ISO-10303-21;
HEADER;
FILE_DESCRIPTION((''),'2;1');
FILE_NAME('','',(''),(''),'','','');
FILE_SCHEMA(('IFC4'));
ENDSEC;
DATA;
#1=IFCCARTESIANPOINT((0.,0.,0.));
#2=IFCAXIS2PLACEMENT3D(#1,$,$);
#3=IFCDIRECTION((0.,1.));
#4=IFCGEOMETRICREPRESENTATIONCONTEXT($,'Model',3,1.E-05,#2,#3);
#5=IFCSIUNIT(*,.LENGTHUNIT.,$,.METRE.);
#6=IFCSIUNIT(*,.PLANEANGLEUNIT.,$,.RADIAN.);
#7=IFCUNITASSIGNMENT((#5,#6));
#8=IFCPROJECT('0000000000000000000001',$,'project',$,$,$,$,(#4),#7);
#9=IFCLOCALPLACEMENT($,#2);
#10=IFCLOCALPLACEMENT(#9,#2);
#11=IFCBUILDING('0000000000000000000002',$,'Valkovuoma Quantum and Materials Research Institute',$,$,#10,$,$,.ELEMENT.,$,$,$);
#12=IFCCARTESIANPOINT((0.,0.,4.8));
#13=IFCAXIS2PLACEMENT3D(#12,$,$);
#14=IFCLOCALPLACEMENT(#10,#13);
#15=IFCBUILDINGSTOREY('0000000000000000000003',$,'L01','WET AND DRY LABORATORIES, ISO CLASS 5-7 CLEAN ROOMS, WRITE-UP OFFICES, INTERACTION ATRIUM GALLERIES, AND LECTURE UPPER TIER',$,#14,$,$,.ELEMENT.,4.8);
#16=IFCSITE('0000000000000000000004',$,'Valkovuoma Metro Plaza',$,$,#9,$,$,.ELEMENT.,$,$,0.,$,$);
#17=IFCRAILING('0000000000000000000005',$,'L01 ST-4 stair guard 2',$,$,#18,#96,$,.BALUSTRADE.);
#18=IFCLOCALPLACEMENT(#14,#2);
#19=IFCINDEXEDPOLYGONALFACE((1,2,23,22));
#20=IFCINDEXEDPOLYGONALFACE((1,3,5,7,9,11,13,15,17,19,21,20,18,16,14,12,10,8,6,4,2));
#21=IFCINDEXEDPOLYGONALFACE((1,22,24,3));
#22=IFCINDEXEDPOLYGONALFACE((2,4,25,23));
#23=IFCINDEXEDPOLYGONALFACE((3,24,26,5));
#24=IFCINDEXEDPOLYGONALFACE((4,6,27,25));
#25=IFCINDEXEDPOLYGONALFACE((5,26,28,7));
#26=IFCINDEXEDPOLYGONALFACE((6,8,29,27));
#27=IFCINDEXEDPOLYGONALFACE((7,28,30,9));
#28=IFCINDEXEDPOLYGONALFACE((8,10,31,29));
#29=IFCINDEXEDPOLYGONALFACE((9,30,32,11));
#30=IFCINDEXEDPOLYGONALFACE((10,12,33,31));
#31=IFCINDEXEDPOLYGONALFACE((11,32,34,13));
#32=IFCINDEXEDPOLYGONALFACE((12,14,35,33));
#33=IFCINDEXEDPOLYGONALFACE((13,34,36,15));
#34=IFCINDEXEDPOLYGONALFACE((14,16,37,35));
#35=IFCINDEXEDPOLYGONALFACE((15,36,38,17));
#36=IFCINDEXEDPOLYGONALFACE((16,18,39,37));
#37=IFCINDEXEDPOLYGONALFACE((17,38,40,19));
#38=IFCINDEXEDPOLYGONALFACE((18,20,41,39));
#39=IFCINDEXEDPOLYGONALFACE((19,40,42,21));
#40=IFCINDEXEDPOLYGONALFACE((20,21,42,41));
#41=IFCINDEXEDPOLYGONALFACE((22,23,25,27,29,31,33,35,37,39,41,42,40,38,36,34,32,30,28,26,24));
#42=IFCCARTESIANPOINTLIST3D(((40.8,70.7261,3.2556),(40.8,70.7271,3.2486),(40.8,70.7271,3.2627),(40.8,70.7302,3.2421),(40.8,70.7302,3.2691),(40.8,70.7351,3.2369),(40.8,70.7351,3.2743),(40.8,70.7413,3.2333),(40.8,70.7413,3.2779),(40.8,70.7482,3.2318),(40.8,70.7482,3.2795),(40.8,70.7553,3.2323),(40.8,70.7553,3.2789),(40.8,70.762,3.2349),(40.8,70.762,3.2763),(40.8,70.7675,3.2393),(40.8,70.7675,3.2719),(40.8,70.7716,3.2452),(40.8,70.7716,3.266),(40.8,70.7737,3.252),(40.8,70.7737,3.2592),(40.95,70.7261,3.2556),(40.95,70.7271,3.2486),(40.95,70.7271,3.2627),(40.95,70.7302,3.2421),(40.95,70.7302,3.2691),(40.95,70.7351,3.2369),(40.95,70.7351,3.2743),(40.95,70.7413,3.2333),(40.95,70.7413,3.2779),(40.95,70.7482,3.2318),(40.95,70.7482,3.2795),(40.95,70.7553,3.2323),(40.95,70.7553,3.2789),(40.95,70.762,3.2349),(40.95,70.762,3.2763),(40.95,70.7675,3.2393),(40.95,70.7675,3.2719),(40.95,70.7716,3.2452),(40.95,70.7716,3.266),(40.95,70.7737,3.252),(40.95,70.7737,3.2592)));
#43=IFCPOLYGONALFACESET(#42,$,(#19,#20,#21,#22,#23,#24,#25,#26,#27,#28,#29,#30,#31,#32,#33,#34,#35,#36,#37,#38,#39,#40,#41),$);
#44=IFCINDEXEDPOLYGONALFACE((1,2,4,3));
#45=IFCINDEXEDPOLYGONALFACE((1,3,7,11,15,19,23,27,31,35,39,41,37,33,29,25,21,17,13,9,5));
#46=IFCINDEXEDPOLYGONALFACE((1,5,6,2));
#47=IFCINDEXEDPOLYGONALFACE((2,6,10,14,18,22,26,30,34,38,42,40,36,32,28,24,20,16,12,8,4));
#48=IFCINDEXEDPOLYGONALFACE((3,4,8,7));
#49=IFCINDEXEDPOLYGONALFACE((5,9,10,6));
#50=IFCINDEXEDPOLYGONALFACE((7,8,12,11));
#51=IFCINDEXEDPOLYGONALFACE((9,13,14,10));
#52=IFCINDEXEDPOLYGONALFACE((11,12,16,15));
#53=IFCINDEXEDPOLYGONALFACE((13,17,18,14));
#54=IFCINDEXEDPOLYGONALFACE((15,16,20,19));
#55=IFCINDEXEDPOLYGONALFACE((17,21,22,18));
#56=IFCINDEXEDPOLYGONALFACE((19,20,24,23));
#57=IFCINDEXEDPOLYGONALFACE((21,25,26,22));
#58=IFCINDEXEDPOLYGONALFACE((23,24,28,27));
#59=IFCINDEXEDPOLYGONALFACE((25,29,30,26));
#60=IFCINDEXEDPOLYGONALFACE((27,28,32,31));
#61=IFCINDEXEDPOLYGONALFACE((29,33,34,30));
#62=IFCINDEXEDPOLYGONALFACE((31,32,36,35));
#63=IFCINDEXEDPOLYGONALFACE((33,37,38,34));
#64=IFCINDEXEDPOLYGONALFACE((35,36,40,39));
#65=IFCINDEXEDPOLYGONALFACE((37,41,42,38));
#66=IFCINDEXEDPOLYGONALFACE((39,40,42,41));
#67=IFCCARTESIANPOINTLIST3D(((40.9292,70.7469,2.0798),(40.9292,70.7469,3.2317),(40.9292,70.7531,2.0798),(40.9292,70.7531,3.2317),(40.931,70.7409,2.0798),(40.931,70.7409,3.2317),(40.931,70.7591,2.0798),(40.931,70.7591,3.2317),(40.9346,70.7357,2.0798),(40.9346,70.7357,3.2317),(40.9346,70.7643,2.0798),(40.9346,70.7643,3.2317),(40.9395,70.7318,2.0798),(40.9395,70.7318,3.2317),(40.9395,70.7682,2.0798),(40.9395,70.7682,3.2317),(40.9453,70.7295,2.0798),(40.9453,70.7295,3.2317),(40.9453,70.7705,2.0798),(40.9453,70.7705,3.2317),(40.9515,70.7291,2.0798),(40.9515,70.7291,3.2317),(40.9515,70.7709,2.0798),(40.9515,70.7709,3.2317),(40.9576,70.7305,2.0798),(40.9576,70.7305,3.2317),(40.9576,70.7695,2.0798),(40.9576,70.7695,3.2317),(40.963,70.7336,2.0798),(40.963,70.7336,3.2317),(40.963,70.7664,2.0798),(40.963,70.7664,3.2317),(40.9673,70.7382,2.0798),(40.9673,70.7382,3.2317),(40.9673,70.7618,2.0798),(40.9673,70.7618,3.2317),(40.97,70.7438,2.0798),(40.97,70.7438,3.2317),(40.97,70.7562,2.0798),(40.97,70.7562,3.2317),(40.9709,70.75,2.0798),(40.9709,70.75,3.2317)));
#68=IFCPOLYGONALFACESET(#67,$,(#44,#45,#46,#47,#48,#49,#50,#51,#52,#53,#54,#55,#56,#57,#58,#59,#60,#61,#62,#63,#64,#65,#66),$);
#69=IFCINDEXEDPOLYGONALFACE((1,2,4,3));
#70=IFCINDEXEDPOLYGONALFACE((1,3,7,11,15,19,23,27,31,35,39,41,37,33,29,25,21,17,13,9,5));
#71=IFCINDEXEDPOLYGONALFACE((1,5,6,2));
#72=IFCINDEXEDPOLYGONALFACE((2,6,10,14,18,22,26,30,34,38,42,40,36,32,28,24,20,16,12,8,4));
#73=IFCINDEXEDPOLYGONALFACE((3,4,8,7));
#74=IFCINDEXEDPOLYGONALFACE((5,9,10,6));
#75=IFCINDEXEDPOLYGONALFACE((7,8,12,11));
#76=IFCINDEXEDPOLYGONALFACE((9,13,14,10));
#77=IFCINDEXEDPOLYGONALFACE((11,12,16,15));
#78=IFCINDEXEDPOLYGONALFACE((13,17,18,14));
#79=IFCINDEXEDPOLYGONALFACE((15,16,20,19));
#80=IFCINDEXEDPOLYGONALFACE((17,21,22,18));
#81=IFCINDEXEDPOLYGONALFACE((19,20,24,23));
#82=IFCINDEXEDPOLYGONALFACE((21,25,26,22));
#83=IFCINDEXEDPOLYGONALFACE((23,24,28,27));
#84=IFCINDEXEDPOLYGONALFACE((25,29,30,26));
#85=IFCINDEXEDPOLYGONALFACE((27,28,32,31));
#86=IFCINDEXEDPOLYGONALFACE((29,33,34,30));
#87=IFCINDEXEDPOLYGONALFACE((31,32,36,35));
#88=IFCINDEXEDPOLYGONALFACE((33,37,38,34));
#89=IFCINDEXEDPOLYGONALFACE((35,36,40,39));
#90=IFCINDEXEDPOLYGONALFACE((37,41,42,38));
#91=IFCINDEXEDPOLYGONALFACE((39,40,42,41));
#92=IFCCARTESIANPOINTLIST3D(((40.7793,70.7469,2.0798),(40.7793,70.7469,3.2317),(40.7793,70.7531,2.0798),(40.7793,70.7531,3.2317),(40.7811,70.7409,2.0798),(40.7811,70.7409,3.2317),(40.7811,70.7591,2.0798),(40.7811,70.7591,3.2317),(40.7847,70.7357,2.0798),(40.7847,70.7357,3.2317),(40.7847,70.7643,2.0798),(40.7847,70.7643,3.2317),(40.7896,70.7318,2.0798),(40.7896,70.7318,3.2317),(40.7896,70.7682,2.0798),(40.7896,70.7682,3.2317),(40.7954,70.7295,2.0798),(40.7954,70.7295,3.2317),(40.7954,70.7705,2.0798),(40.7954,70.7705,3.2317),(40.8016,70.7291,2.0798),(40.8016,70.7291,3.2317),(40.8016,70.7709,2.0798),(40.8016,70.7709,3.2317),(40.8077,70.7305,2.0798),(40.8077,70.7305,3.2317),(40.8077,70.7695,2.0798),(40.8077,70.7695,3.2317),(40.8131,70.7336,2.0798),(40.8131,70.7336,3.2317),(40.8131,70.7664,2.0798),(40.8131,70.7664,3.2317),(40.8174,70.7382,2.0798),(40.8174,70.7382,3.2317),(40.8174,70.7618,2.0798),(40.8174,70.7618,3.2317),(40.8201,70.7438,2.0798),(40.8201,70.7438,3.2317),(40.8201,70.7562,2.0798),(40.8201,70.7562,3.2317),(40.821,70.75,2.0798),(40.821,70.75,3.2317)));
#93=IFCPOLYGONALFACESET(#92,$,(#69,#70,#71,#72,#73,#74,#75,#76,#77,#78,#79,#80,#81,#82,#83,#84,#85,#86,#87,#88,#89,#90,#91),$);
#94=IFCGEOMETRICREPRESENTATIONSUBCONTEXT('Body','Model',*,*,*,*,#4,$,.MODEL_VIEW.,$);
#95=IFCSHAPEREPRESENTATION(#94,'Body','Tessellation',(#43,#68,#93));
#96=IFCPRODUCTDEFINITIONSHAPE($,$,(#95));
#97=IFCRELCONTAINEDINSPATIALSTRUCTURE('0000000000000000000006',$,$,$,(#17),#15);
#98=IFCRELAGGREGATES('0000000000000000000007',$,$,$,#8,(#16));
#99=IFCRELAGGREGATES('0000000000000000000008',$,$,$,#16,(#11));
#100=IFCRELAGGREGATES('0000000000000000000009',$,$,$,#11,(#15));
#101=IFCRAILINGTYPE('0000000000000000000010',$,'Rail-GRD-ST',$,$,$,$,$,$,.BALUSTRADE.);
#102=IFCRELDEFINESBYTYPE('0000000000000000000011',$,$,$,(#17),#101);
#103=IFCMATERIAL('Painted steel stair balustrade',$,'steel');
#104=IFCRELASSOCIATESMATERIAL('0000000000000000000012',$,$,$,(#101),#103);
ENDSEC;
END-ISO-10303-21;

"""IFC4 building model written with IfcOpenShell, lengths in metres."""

from ifc_helpers import new_model, si_unit, direction, frame, origin, origin_2d, place, context, subcontext, project, spatial, circle, extrude, material, type_object, element, save


model = new_model("IFC4")

# Units and contexts
model_context = context("Model", 3, precision=1e-05, world=origin(), true_north=direction((0.0, 1.0)))
body_context = subcontext(model_context, "Body", "Model", "MODEL_VIEW")
ifc_project = project(units=[si_unit("LENGTHUNIT", "METRE"), si_unit("PLANEANGLEUNIT", "RADIAN")], contexts=[model_context])

# Site, building, storey
site_placement = place(None, origin())
site = spatial("IfcSite", under=ifc_project, at=site_placement, Name="Valkovuoma Metro Plaza", CompositionType="ELEMENT", RefElevation=0.0)
building_placement = place(site_placement, origin())
building = spatial("IfcBuilding", under=site, at=building_placement, Name="Valkovuoma Quantum and Materials Research Institute", CompositionType="ELEMENT")
storey_placement = place(building_placement, frame((0.0, 0.0, 4.8)))
storey = spatial("IfcBuildingStorey", under=building, at=storey_placement, Name="L01", Description="WET AND DRY LABORATORIES, ISO CLASS 5-7 CLEAN ROOMS, WRITE-UP OFFICES, INTERACTION ATRIUM GALLERIES, AND LECTURE UPPER TIER", CompositionType="ELEMENT", Elevation=4.8)

# Railing
ifc_material_1 = material(Name="Painted steel stair balustrade", Category="steel")
railing_type_1 = type_object("IfcRailingType", Name="Rail-GRD-ST", PredefinedType="BALUSTRADE", material=ifc_material_1)
railing_1_placement = place(storey_placement, frame((40.95, 70.75, 2.0798)))
element("IfcRailing", 1, at=railing_1_placement, inside=storey, type_object=railing_type_1, Name="L01 ST-4 stair guard 2", PredefinedType="BALUSTRADE", context=body_context, shape_type="SweptSolid", body=[
    extrude(circle(Radius=0.0239, at=origin_2d()), frame((0.0, 0.0, 1.1758), z_axis=(-1.0, 0.0, 0.0), x_axis=(0.0, -1.0, 0.0)), (0.0, 0.0, 1.0), 0.1499),
    extrude(circle(Radius=0.021, at=origin_2d()), origin(), (0.0, 0.0, 1.0), 1.1519),
    extrude(circle(Radius=0.021, at=origin_2d()), frame((-0.1499, 0.0, 0.0)), (0.0, 0.0, 1.0), 1.1519),
])

save(model, "model.ifc")
